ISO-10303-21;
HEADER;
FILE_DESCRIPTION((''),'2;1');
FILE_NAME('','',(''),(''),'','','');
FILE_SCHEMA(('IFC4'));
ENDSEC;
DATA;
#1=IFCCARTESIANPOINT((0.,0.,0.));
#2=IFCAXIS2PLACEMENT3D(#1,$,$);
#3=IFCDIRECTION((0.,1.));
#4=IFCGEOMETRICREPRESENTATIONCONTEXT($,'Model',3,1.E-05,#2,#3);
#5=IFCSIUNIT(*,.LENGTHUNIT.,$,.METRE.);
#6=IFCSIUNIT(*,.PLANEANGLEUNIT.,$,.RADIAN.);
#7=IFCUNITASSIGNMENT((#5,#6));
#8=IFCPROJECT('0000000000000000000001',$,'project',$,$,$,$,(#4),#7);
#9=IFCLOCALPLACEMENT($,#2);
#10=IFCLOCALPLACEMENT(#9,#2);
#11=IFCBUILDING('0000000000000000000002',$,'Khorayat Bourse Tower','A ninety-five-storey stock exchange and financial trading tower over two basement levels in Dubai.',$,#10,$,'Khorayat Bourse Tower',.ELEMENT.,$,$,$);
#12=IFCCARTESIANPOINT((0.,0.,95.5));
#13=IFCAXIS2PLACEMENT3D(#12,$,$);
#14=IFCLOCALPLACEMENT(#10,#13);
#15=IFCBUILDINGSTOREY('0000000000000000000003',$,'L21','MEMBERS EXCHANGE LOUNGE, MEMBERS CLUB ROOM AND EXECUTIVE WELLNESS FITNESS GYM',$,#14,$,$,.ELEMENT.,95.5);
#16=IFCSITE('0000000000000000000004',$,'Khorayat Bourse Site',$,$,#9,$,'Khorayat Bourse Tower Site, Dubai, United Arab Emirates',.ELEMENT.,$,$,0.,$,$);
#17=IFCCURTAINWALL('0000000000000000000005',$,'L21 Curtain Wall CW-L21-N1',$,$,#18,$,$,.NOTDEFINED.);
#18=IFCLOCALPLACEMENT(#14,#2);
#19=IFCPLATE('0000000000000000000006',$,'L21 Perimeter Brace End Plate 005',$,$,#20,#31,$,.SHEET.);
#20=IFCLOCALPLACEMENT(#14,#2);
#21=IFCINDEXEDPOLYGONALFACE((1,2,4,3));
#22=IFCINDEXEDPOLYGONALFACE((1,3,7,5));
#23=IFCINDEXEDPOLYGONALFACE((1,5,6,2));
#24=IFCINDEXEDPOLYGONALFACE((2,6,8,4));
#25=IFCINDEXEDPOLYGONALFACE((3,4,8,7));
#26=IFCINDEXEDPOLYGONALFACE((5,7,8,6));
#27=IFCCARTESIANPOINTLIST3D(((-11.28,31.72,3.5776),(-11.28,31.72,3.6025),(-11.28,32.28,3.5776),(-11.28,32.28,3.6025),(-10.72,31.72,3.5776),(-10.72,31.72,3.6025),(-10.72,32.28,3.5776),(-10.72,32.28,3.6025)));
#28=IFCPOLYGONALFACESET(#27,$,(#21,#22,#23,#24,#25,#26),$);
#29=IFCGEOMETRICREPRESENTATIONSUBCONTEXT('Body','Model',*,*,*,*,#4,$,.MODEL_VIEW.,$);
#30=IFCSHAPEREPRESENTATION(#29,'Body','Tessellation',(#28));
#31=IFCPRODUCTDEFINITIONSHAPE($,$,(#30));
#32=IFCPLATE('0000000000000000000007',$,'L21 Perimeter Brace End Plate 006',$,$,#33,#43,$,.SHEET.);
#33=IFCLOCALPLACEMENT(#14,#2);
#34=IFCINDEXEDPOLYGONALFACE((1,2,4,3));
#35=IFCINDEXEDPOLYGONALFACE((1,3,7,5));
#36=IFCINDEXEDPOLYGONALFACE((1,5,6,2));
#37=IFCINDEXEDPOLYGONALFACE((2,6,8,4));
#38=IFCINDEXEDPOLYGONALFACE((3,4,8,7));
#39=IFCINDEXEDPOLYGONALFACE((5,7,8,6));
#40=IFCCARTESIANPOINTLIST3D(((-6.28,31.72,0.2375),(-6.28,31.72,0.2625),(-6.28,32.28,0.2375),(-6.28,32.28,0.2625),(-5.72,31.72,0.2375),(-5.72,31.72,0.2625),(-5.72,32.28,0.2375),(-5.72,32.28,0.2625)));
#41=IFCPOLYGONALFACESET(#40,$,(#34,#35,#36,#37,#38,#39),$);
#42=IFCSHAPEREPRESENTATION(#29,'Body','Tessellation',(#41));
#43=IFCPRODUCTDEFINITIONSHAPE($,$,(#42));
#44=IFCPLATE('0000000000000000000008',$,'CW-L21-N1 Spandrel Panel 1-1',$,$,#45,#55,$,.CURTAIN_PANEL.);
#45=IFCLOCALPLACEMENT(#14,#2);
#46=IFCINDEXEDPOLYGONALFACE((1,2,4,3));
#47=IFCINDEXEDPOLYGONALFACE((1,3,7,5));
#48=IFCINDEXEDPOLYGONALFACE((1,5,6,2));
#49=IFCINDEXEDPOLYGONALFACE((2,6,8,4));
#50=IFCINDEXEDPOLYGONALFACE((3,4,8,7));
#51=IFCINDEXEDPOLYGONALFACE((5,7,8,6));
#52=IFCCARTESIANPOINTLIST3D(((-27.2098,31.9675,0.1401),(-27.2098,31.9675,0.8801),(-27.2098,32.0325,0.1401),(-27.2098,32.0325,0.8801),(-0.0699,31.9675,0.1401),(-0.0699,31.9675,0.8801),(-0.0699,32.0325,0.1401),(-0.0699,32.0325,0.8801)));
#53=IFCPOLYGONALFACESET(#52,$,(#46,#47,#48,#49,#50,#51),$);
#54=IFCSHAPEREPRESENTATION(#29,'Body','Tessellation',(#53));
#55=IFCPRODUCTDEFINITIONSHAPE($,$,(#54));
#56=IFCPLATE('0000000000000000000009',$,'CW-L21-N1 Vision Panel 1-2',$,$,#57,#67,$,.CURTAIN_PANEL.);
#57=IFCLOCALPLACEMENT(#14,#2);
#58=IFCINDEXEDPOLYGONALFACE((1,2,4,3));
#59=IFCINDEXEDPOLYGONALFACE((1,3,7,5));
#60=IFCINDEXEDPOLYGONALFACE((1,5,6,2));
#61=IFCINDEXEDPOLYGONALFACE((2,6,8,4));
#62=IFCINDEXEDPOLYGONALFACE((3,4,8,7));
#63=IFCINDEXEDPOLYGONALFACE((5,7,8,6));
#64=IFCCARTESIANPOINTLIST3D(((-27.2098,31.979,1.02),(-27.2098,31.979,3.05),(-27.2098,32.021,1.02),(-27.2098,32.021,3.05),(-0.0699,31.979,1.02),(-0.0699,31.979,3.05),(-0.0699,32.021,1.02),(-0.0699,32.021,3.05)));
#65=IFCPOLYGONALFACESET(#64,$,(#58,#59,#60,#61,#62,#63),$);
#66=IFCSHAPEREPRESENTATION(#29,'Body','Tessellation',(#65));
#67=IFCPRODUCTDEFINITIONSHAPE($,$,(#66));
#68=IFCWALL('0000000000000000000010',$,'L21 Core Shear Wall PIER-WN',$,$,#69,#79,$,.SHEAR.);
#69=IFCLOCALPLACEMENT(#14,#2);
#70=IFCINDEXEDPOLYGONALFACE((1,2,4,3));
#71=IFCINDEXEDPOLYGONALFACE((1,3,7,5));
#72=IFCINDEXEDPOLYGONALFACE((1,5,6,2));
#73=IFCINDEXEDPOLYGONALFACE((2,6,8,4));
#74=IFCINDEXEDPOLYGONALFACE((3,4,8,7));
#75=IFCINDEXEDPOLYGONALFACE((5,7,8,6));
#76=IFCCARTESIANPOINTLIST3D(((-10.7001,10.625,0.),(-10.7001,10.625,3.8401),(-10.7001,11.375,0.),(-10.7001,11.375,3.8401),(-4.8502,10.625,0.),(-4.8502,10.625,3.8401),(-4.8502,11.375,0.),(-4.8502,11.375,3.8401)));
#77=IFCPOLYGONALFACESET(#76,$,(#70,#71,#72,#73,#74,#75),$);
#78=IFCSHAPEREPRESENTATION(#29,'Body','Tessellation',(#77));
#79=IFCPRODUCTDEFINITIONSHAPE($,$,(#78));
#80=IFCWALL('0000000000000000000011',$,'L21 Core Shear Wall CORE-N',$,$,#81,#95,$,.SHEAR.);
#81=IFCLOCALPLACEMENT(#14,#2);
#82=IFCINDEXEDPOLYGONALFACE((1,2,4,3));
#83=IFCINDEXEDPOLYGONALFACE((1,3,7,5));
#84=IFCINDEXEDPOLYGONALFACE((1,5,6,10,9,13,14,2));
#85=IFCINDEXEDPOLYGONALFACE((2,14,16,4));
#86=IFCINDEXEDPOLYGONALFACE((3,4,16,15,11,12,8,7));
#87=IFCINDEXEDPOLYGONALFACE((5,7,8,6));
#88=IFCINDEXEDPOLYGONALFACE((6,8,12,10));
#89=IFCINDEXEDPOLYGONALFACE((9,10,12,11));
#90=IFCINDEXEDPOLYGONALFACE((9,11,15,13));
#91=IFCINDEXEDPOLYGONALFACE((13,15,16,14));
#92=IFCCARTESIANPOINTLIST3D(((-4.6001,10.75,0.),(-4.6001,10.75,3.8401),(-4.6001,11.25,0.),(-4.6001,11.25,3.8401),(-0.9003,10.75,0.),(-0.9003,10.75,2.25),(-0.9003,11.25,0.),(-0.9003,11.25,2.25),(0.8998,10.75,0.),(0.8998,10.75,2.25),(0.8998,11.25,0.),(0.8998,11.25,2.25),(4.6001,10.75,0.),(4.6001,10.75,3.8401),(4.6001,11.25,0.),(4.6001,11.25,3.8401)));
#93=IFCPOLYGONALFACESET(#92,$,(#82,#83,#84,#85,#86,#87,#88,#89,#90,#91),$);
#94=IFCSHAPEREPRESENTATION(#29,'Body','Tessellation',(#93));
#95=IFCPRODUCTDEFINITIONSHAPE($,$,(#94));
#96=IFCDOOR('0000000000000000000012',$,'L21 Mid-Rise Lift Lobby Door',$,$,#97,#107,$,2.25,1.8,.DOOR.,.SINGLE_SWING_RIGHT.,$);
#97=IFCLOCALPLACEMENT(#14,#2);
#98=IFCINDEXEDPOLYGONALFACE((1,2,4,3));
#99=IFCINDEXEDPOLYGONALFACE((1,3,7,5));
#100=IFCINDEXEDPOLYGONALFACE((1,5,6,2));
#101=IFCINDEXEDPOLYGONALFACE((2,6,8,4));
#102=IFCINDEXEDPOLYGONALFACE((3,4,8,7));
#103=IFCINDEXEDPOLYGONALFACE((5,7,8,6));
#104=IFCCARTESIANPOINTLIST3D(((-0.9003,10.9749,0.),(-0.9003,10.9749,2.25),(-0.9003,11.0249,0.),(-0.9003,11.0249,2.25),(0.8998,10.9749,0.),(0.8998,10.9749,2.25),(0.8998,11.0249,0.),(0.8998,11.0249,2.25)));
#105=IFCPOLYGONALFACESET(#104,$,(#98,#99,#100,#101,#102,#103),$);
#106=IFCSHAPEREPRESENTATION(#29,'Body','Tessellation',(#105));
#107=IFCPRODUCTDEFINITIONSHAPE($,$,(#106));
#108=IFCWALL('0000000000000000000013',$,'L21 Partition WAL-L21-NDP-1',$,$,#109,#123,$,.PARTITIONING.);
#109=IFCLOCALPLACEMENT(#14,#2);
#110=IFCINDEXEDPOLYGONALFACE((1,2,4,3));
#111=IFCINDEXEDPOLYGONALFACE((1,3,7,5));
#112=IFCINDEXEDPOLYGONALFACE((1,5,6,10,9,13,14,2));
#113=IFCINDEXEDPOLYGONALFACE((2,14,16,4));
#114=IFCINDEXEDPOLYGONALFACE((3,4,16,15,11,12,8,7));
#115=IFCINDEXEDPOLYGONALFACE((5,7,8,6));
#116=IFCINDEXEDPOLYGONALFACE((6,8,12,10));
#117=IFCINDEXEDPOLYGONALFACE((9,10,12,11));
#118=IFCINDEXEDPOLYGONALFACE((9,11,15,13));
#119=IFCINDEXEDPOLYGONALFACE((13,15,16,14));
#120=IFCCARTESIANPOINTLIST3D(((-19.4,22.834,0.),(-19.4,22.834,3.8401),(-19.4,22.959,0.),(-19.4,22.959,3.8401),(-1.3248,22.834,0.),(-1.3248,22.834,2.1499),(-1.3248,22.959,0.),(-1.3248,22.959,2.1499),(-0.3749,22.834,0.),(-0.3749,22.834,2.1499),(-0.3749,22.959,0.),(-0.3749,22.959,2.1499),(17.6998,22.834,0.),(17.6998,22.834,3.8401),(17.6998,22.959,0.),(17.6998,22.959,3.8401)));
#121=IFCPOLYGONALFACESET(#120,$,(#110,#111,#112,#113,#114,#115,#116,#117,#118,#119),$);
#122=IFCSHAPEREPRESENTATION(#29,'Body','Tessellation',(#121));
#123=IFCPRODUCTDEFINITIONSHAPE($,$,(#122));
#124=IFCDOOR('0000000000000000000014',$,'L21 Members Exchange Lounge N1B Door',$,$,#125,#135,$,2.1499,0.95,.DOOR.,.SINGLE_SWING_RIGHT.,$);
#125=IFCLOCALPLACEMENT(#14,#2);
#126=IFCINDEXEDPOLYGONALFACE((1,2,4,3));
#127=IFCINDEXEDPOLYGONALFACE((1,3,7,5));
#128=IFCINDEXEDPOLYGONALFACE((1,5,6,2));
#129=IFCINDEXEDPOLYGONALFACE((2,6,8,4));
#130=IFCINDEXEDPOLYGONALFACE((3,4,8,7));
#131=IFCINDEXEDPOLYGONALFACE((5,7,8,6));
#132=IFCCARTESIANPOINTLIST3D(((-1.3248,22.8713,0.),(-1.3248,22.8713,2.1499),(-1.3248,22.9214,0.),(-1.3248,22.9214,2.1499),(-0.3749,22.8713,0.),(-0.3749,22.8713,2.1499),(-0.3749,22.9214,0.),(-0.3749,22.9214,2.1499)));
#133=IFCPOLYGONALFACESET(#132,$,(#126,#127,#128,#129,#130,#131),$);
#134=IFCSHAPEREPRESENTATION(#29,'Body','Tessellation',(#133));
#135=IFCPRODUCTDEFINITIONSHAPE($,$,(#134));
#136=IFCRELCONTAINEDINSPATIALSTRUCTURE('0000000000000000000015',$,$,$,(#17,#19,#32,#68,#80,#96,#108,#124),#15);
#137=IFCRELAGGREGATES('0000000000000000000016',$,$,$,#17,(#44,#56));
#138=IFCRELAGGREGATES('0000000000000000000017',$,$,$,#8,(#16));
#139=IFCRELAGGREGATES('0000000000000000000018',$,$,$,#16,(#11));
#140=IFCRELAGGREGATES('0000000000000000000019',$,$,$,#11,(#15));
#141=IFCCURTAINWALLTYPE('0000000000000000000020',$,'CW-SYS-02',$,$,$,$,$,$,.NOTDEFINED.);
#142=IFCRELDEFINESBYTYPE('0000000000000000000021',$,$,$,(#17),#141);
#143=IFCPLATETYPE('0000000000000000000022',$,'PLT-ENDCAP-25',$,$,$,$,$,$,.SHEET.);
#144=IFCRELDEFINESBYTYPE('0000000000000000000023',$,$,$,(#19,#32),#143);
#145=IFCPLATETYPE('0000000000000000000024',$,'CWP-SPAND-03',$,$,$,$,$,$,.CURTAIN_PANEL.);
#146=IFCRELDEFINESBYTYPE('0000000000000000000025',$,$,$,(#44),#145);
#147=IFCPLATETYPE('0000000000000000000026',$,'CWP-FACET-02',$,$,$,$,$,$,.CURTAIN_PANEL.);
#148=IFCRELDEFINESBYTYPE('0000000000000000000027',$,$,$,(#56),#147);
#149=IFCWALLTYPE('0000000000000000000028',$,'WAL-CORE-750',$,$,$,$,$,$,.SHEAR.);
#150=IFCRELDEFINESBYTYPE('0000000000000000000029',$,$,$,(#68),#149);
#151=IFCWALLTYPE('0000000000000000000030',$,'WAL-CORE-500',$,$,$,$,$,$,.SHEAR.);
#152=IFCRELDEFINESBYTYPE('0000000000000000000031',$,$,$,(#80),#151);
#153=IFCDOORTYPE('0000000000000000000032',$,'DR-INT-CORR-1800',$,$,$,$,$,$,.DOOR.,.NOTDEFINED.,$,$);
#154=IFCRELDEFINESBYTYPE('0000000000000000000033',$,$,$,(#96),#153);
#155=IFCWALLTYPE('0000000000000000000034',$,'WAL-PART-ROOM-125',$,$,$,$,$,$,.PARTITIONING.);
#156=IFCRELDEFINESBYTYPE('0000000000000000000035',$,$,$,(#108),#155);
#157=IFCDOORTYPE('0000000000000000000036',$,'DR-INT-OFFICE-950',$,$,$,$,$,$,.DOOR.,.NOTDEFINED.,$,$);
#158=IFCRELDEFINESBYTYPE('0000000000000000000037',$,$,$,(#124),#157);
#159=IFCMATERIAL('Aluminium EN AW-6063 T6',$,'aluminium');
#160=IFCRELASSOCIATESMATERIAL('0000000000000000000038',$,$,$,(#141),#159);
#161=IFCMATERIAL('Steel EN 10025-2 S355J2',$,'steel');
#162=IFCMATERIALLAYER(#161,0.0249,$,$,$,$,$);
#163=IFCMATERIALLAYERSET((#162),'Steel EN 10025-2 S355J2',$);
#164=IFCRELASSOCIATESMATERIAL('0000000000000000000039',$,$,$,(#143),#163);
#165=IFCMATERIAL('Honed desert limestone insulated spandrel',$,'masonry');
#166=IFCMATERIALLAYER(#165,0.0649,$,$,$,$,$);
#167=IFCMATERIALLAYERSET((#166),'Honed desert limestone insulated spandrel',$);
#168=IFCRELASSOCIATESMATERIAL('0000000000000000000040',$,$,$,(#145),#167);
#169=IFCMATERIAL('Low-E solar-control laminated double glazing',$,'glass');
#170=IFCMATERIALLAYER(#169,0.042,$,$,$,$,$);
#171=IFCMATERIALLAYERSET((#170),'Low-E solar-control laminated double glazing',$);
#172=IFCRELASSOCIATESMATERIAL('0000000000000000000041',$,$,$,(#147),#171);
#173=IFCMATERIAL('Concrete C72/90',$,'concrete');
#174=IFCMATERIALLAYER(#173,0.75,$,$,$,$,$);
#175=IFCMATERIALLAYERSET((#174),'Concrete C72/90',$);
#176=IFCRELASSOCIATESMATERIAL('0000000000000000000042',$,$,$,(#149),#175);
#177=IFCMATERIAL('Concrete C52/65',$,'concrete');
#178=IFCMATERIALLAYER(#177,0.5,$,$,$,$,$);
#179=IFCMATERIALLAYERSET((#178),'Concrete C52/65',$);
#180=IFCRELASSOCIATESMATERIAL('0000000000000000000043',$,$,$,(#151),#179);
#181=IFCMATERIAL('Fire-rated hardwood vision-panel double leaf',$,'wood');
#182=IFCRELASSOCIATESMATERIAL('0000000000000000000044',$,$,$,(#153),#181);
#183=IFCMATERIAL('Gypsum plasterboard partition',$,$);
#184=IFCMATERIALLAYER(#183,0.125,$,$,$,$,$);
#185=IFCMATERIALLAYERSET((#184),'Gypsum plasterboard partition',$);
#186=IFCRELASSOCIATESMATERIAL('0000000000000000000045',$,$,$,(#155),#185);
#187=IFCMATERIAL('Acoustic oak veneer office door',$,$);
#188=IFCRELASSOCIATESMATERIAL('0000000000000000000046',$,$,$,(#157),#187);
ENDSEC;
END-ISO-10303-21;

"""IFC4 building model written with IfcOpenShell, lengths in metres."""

from ifc_helpers import new_model, si_unit, direction, frame, frame_2d, origin, origin_2d, place, context, subcontext, project, spatial, rectangle, extrude, source, transform, mapped, material, layer, layer_set, type_object, element, fill, aggregate, save


model = new_model("IFC4")

# Units and contexts
model_context = context("Model", 3, precision=1e-05, world=origin(), true_north=direction((0.0, 1.0)))
body_context = subcontext(model_context, "Body", "Model", "MODEL_VIEW")
ifc_project = project(units=[si_unit("LENGTHUNIT", "METRE"), si_unit("PLANEANGLEUNIT", "RADIAN")], contexts=[model_context])

# Site, building, storey
site_placement = place(None, origin())
site = spatial("IfcSite", under=ifc_project, at=site_placement, Name="Khorayat Bourse Site", LongName="Khorayat Bourse Tower Site, Dubai, United Arab Emirates", CompositionType="ELEMENT", RefElevation=0.0)
building_placement = place(site_placement, origin())
building = spatial("IfcBuilding", under=site, at=building_placement, Name="Khorayat Bourse Tower", Description="A ninety-five-storey stock exchange and financial trading tower over two basement levels in Dubai.", LongName="Khorayat Bourse Tower", CompositionType="ELEMENT")
storey_placement = place(building_placement, frame((0.0, 0.0, 95.5)))
storey = spatial("IfcBuildingStorey", under=building, at=storey_placement, Name="L21", Description="MEMBERS EXCHANGE LOUNGE, MEMBERS CLUB ROOM AND EXECUTIVE WELLNESS FITNESS GYM", CompositionType="ELEMENT", Elevation=95.5)

# Shared definitions
ifc_material_1 = material(Name="Concrete C72/90", Category="concrete")

# Curtain wall
ifc_material_2 = material(Name="Aluminium EN AW-6063 T6", Category="aluminium")
curtain_wall_type = type_object("IfcCurtainWallType", Name="CW-SYS-02", PredefinedType="NOTDEFINED", material=ifc_material_2)
curtain_wall_placement = place(storey_placement, origin())
curtain_wall = element("IfcCurtainWall", 1, at=curtain_wall_placement, inside=storey, type_object=curtain_wall_type, Name="L21 Curtain Wall CW-L21-N1", PredefinedType="NOTDEFINED")

# Plates
ifc_material_3 = material(Name="Steel EN 10025-2 S355J2", Category="steel")
ifc_layer_1 = layer(ifc_material_3, 0.0249)
ifc_layer_set_1 = layer_set([ifc_layer_1], Name="Steel EN 10025-2 S355J2")
plate_type_1 = type_object("IfcPlateType", Name="PLT-ENDCAP-25", PredefinedType="SHEET", material=ifc_layer_set_1)
shared_shape_1 = source(origin(), body_context, "Body", "SweptSolid", [
    extrude(rectangle(XDim=0.5601, YDim=0.5601, at=origin_2d()), origin(), (0.0, 0.0, 1.0), 0.0249),
])
for number, where, z_axis, x_axis, name in (
    (2, (-11.0, 32.0, 3.5776), (0.0, 0.0, 1.0), (1.0, 0.0, 0.0), "L21 Perimeter Brace End Plate 005"),
    (3, (-6.0, 32.0, 0.2375), (0.0, 0.0, 1.0), (1.0, 0.0, 0.0), "L21 Perimeter Brace End Plate 006"),
):
    element("IfcPlate", number, at=place(storey_placement, frame(where, z_axis=z_axis, x_axis=x_axis)), inside=storey, type_object=plate_type_1, Name=name, PredefinedType="SHEET", context=body_context, shape_type="MappedRepresentation", body=[
        mapped(shared_shape_1, transform((0.0, 0.0, 0.0), scale=1.0)),
    ])

# Plates
ifc_material_4 = material(Name="Honed desert limestone insulated spandrel", Category="masonry")
ifc_layer_2 = layer(ifc_material_4, 0.0649)
ifc_layer_set_2 = layer_set([ifc_layer_2], Name="Honed desert limestone insulated spandrel")
plate_type_2 = type_object("IfcPlateType", Name="CWP-SPAND-03", PredefinedType="CURTAIN_PANEL", material=ifc_layer_set_2)
shared_shape_2 = source(origin(), body_context, "Body", "SweptSolid", [
    extrude(rectangle(XDim=27.1399, YDim=0.0649, at=origin_2d()), origin(), (0.0, 0.0, 1.0), 0.74),
])
plate_1_placement = place(storey_placement, frame((-13.6399, 32.0, 0.1401), z_axis=(0.0, 0.0, 1.0), x_axis=(1.0, 0.0, 0.0)))
plate_1 = element("IfcPlate", 4, at=plate_1_placement, type_object=plate_type_2, Name="CW-L21-N1 Spandrel Panel 1-1", PredefinedType="CURTAIN_PANEL", context=body_context, shape_type="MappedRepresentation", body=[
    mapped(shared_shape_2, transform((0.0, 0.0, 0.0), scale=1.0)),
])
ifc_material_5 = material(Name="Low-E solar-control laminated double glazing", Category="glass")
ifc_layer_3 = layer(ifc_material_5, 0.042)
ifc_layer_set_3 = layer_set([ifc_layer_3], Name="Low-E solar-control laminated double glazing")
plate_type_3 = type_object("IfcPlateType", Name="CWP-FACET-02", PredefinedType="CURTAIN_PANEL", material=ifc_layer_set_3)
shared_shape_3 = source(origin(), body_context, "Body", "SweptSolid", [
    extrude(rectangle(XDim=27.1399, YDim=0.042, at=origin_2d()), origin(), (0.0, 0.0, 1.0), 2.03),
])
plate_2_placement = place(storey_placement, frame((-13.6399, 32.0, 1.02), z_axis=(0.0, 0.0, 1.0), x_axis=(1.0, 0.0, 0.0)))
plate_2 = element("IfcPlate", 5, at=plate_2_placement, type_object=plate_type_3, Name="CW-L21-N1 Vision Panel 1-2", PredefinedType="CURTAIN_PANEL", context=body_context, shape_type="MappedRepresentation", body=[
    mapped(shared_shape_3, transform((0.0, 0.0, 0.0), scale=1.0)),
])
aggregate(curtain_wall, [plate_1, plate_2])

# Wall
ifc_layer_4 = layer(ifc_material_1, 0.75)
ifc_layer_set_4 = layer_set([ifc_layer_4], Name="Concrete C72/90")
wall_type_1 = type_object("IfcWallType", Name="WAL-CORE-750", PredefinedType="SHEAR", material=ifc_layer_set_4)
shared_shape_4 = source(origin(), body_context, "Body", "SweptSolid", [
    extrude(rectangle(XDim=5.8499, YDim=0.75, at=frame_2d((2.9248, 0.0))), origin(), (0.0, 0.0, 1.0), 3.8401),
])
wall_1_placement = place(storey_placement, frame((-10.7, 11.0, 0.0), z_axis=(0.0, 0.0, 1.0), x_axis=(1.0, 0.0, 0.0)))
element("IfcWall", 6, at=wall_1_placement, inside=storey, type_object=wall_type_1, Name="L21 Core Shear Wall PIER-WN", PredefinedType="SHEAR", context=body_context, shape_type="MappedRepresentation", body=[
    mapped(shared_shape_4, transform((0.0, 0.0, 0.0), scale=1.0)),
])

# Walls, openings, doors
ifc_material_6 = material(Name="Concrete C52/65", Category="concrete")
ifc_layer_5 = layer(ifc_material_6, 0.5)
ifc_layer_set_5 = layer_set([ifc_layer_5], Name="Concrete C52/65")
wall_type_2 = type_object("IfcWallType", Name="WAL-CORE-500", PredefinedType="SHEAR", material=ifc_layer_set_5)
shared_shape_5 = source(origin(), body_context, "Body", "SweptSolid", [
    extrude(rectangle(XDim=9.2002, YDim=0.5, at=frame_2d((4.6001, 0.0))), origin(), (0.0, 0.0, 1.0), 3.8401),
])
wall_2_placement = place(storey_placement, frame((-4.6001, 11.0, 0.0), z_axis=(0.0, 0.0, 1.0), x_axis=(1.0, 0.0, 0.0)))
wall_2 = element("IfcWall", 7, at=wall_2_placement, inside=storey, type_object=wall_type_2, Name="L21 Core Shear Wall CORE-N", PredefinedType="SHEAR", context=body_context, shape_type="MappedRepresentation", body=[
    mapped(shared_shape_5, transform((0.0, 0.0, 0.0), scale=1.0)),
])
shared_shape_6 = source(origin(), body_context, "Body", "SweptSolid", [
    extrude(rectangle(XDim=1.8, YDim=2.25, at=frame_2d((0.8999, 1.125))), frame((0.0, 0.26, 0.0), z_axis=(0.0, -1.0, 0.0), x_axis=(1.0, 0.0, 0.0)), (0.0, 0.0, 1.0), 0.52),
])
opening_1_placement = place(wall_2_placement, frame((3.7, 0.0, 0.0)))
opening_1 = element("IfcOpeningElement", 8, at=opening_1_placement, cuts=wall_2, PredefinedType="OPENING", context=body_context, shape_type="MappedRepresentation", body=[
    mapped(shared_shape_6, transform((0.0, 0.0, 0.0), scale=1.0)),
])
ifc_material_7 = material(Name="Fire-rated hardwood vision-panel double leaf", Category="wood")
door_type_1 = type_object("IfcDoorType", Name="DR-INT-CORR-1800", OperationType="NOTDEFINED", PredefinedType="DOOR", material=ifc_material_7)
shared_shape_7 = source(origin(), body_context, "Body", "SweptSolid", [
    extrude(rectangle(XDim=1.8, YDim=2.25, at=frame_2d((0.8999, 1.125))), frame((0.0, 0.0249, 0.0), z_axis=(0.0, -1.0, 0.0), x_axis=(1.0, 0.0, 0.0)), (0.0, 0.0, 1.0), 0.05),
])
door_1_placement = place(opening_1_placement, origin())
door_1 = element("IfcDoor", 9, at=door_1_placement, inside=storey, type_object=door_type_1, Name="L21 Mid-Rise Lift Lobby Door", OperationType="SINGLE_SWING_RIGHT", OverallHeight=2.25, OverallWidth=1.8, PredefinedType="DOOR", context=body_context, shape_type="MappedRepresentation", body=[
    mapped(shared_shape_7, transform((0.0, 0.0, 0.0), scale=1.0)),
])
fill(opening_1, door_1)
ifc_material_8 = material(Name="Gypsum plasterboard partition")
ifc_layer_6 = layer(ifc_material_8, 0.125)
ifc_layer_set_6 = layer_set([ifc_layer_6], Name="Gypsum plasterboard partition")
wall_type_3 = type_object("IfcWallType", Name="WAL-PART-ROOM-125", PredefinedType="PARTITIONING", material=ifc_layer_set_6)
shared_shape_8 = source(origin(), body_context, "Body", "SweptSolid", [
    extrude(rectangle(XDim=37.0999, YDim=0.125, at=frame_2d((18.5498, 0.0))), origin(), (0.0, 0.0, 1.0), 3.8401),
])
wall_3_placement = place(storey_placement, frame((-19.3999, 22.8965, 0.0), z_axis=(0.0, 0.0, 1.0), x_axis=(1.0, 0.0, 0.0)))
wall_3 = element("IfcWall", 10, at=wall_3_placement, inside=storey, type_object=wall_type_3, Name="L21 Partition WAL-L21-NDP-1", PredefinedType="PARTITIONING", context=body_context, shape_type="MappedRepresentation", body=[
    mapped(shared_shape_8, transform((0.0, 0.0, 0.0), scale=1.0)),
])
shared_shape_9 = source(origin(), body_context, "Body", "SweptSolid", [
    extrude(rectangle(XDim=0.95, YDim=2.1499, at=frame_2d((0.4751, 1.075))), frame((0.0, 0.0725, 0.0), z_axis=(0.0, -1.0, 0.0), x_axis=(1.0, 0.0, 0.0)), (0.0, 0.0, 1.0), 0.145),
])
opening_2_placement = place(wall_3_placement, frame((18.075, 0.0, 0.0)))
opening_2 = element("IfcOpeningElement", 11, at=opening_2_placement, cuts=wall_3, PredefinedType="OPENING", context=body_context, shape_type="MappedRepresentation", body=[
    mapped(shared_shape_9, transform((0.0, 0.0, 0.0), scale=1.0)),
])
ifc_material_9 = material(Name="Acoustic oak veneer office door")
door_type_2 = type_object("IfcDoorType", Name="DR-INT-OFFICE-950", OperationType="NOTDEFINED", PredefinedType="DOOR", material=ifc_material_9)
shared_shape_10 = source(origin(), body_context, "Body", "SweptSolid", [
    extrude(rectangle(XDim=0.95, YDim=2.1499, at=frame_2d((0.4751, 1.075))), frame((0.0, 0.0249, 0.0), z_axis=(0.0, -1.0, 0.0), x_axis=(1.0, 0.0, 0.0)), (0.0, 0.0, 1.0), 0.05),
])
door_2_placement = place(opening_2_placement, origin())
door_2 = element("IfcDoor", 12, at=door_2_placement, inside=storey, type_object=door_type_2, Name="L21 Members Exchange Lounge N1B Door", OperationType="SINGLE_SWING_RIGHT", OverallHeight=2.1499, OverallWidth=0.95, PredefinedType="DOOR", context=body_context, shape_type="MappedRepresentation", body=[
    mapped(shared_shape_10, transform((0.0, 0.0, 0.0), scale=1.0)),
])
fill(opening_2, door_2)

save(model, "model.ifc")
